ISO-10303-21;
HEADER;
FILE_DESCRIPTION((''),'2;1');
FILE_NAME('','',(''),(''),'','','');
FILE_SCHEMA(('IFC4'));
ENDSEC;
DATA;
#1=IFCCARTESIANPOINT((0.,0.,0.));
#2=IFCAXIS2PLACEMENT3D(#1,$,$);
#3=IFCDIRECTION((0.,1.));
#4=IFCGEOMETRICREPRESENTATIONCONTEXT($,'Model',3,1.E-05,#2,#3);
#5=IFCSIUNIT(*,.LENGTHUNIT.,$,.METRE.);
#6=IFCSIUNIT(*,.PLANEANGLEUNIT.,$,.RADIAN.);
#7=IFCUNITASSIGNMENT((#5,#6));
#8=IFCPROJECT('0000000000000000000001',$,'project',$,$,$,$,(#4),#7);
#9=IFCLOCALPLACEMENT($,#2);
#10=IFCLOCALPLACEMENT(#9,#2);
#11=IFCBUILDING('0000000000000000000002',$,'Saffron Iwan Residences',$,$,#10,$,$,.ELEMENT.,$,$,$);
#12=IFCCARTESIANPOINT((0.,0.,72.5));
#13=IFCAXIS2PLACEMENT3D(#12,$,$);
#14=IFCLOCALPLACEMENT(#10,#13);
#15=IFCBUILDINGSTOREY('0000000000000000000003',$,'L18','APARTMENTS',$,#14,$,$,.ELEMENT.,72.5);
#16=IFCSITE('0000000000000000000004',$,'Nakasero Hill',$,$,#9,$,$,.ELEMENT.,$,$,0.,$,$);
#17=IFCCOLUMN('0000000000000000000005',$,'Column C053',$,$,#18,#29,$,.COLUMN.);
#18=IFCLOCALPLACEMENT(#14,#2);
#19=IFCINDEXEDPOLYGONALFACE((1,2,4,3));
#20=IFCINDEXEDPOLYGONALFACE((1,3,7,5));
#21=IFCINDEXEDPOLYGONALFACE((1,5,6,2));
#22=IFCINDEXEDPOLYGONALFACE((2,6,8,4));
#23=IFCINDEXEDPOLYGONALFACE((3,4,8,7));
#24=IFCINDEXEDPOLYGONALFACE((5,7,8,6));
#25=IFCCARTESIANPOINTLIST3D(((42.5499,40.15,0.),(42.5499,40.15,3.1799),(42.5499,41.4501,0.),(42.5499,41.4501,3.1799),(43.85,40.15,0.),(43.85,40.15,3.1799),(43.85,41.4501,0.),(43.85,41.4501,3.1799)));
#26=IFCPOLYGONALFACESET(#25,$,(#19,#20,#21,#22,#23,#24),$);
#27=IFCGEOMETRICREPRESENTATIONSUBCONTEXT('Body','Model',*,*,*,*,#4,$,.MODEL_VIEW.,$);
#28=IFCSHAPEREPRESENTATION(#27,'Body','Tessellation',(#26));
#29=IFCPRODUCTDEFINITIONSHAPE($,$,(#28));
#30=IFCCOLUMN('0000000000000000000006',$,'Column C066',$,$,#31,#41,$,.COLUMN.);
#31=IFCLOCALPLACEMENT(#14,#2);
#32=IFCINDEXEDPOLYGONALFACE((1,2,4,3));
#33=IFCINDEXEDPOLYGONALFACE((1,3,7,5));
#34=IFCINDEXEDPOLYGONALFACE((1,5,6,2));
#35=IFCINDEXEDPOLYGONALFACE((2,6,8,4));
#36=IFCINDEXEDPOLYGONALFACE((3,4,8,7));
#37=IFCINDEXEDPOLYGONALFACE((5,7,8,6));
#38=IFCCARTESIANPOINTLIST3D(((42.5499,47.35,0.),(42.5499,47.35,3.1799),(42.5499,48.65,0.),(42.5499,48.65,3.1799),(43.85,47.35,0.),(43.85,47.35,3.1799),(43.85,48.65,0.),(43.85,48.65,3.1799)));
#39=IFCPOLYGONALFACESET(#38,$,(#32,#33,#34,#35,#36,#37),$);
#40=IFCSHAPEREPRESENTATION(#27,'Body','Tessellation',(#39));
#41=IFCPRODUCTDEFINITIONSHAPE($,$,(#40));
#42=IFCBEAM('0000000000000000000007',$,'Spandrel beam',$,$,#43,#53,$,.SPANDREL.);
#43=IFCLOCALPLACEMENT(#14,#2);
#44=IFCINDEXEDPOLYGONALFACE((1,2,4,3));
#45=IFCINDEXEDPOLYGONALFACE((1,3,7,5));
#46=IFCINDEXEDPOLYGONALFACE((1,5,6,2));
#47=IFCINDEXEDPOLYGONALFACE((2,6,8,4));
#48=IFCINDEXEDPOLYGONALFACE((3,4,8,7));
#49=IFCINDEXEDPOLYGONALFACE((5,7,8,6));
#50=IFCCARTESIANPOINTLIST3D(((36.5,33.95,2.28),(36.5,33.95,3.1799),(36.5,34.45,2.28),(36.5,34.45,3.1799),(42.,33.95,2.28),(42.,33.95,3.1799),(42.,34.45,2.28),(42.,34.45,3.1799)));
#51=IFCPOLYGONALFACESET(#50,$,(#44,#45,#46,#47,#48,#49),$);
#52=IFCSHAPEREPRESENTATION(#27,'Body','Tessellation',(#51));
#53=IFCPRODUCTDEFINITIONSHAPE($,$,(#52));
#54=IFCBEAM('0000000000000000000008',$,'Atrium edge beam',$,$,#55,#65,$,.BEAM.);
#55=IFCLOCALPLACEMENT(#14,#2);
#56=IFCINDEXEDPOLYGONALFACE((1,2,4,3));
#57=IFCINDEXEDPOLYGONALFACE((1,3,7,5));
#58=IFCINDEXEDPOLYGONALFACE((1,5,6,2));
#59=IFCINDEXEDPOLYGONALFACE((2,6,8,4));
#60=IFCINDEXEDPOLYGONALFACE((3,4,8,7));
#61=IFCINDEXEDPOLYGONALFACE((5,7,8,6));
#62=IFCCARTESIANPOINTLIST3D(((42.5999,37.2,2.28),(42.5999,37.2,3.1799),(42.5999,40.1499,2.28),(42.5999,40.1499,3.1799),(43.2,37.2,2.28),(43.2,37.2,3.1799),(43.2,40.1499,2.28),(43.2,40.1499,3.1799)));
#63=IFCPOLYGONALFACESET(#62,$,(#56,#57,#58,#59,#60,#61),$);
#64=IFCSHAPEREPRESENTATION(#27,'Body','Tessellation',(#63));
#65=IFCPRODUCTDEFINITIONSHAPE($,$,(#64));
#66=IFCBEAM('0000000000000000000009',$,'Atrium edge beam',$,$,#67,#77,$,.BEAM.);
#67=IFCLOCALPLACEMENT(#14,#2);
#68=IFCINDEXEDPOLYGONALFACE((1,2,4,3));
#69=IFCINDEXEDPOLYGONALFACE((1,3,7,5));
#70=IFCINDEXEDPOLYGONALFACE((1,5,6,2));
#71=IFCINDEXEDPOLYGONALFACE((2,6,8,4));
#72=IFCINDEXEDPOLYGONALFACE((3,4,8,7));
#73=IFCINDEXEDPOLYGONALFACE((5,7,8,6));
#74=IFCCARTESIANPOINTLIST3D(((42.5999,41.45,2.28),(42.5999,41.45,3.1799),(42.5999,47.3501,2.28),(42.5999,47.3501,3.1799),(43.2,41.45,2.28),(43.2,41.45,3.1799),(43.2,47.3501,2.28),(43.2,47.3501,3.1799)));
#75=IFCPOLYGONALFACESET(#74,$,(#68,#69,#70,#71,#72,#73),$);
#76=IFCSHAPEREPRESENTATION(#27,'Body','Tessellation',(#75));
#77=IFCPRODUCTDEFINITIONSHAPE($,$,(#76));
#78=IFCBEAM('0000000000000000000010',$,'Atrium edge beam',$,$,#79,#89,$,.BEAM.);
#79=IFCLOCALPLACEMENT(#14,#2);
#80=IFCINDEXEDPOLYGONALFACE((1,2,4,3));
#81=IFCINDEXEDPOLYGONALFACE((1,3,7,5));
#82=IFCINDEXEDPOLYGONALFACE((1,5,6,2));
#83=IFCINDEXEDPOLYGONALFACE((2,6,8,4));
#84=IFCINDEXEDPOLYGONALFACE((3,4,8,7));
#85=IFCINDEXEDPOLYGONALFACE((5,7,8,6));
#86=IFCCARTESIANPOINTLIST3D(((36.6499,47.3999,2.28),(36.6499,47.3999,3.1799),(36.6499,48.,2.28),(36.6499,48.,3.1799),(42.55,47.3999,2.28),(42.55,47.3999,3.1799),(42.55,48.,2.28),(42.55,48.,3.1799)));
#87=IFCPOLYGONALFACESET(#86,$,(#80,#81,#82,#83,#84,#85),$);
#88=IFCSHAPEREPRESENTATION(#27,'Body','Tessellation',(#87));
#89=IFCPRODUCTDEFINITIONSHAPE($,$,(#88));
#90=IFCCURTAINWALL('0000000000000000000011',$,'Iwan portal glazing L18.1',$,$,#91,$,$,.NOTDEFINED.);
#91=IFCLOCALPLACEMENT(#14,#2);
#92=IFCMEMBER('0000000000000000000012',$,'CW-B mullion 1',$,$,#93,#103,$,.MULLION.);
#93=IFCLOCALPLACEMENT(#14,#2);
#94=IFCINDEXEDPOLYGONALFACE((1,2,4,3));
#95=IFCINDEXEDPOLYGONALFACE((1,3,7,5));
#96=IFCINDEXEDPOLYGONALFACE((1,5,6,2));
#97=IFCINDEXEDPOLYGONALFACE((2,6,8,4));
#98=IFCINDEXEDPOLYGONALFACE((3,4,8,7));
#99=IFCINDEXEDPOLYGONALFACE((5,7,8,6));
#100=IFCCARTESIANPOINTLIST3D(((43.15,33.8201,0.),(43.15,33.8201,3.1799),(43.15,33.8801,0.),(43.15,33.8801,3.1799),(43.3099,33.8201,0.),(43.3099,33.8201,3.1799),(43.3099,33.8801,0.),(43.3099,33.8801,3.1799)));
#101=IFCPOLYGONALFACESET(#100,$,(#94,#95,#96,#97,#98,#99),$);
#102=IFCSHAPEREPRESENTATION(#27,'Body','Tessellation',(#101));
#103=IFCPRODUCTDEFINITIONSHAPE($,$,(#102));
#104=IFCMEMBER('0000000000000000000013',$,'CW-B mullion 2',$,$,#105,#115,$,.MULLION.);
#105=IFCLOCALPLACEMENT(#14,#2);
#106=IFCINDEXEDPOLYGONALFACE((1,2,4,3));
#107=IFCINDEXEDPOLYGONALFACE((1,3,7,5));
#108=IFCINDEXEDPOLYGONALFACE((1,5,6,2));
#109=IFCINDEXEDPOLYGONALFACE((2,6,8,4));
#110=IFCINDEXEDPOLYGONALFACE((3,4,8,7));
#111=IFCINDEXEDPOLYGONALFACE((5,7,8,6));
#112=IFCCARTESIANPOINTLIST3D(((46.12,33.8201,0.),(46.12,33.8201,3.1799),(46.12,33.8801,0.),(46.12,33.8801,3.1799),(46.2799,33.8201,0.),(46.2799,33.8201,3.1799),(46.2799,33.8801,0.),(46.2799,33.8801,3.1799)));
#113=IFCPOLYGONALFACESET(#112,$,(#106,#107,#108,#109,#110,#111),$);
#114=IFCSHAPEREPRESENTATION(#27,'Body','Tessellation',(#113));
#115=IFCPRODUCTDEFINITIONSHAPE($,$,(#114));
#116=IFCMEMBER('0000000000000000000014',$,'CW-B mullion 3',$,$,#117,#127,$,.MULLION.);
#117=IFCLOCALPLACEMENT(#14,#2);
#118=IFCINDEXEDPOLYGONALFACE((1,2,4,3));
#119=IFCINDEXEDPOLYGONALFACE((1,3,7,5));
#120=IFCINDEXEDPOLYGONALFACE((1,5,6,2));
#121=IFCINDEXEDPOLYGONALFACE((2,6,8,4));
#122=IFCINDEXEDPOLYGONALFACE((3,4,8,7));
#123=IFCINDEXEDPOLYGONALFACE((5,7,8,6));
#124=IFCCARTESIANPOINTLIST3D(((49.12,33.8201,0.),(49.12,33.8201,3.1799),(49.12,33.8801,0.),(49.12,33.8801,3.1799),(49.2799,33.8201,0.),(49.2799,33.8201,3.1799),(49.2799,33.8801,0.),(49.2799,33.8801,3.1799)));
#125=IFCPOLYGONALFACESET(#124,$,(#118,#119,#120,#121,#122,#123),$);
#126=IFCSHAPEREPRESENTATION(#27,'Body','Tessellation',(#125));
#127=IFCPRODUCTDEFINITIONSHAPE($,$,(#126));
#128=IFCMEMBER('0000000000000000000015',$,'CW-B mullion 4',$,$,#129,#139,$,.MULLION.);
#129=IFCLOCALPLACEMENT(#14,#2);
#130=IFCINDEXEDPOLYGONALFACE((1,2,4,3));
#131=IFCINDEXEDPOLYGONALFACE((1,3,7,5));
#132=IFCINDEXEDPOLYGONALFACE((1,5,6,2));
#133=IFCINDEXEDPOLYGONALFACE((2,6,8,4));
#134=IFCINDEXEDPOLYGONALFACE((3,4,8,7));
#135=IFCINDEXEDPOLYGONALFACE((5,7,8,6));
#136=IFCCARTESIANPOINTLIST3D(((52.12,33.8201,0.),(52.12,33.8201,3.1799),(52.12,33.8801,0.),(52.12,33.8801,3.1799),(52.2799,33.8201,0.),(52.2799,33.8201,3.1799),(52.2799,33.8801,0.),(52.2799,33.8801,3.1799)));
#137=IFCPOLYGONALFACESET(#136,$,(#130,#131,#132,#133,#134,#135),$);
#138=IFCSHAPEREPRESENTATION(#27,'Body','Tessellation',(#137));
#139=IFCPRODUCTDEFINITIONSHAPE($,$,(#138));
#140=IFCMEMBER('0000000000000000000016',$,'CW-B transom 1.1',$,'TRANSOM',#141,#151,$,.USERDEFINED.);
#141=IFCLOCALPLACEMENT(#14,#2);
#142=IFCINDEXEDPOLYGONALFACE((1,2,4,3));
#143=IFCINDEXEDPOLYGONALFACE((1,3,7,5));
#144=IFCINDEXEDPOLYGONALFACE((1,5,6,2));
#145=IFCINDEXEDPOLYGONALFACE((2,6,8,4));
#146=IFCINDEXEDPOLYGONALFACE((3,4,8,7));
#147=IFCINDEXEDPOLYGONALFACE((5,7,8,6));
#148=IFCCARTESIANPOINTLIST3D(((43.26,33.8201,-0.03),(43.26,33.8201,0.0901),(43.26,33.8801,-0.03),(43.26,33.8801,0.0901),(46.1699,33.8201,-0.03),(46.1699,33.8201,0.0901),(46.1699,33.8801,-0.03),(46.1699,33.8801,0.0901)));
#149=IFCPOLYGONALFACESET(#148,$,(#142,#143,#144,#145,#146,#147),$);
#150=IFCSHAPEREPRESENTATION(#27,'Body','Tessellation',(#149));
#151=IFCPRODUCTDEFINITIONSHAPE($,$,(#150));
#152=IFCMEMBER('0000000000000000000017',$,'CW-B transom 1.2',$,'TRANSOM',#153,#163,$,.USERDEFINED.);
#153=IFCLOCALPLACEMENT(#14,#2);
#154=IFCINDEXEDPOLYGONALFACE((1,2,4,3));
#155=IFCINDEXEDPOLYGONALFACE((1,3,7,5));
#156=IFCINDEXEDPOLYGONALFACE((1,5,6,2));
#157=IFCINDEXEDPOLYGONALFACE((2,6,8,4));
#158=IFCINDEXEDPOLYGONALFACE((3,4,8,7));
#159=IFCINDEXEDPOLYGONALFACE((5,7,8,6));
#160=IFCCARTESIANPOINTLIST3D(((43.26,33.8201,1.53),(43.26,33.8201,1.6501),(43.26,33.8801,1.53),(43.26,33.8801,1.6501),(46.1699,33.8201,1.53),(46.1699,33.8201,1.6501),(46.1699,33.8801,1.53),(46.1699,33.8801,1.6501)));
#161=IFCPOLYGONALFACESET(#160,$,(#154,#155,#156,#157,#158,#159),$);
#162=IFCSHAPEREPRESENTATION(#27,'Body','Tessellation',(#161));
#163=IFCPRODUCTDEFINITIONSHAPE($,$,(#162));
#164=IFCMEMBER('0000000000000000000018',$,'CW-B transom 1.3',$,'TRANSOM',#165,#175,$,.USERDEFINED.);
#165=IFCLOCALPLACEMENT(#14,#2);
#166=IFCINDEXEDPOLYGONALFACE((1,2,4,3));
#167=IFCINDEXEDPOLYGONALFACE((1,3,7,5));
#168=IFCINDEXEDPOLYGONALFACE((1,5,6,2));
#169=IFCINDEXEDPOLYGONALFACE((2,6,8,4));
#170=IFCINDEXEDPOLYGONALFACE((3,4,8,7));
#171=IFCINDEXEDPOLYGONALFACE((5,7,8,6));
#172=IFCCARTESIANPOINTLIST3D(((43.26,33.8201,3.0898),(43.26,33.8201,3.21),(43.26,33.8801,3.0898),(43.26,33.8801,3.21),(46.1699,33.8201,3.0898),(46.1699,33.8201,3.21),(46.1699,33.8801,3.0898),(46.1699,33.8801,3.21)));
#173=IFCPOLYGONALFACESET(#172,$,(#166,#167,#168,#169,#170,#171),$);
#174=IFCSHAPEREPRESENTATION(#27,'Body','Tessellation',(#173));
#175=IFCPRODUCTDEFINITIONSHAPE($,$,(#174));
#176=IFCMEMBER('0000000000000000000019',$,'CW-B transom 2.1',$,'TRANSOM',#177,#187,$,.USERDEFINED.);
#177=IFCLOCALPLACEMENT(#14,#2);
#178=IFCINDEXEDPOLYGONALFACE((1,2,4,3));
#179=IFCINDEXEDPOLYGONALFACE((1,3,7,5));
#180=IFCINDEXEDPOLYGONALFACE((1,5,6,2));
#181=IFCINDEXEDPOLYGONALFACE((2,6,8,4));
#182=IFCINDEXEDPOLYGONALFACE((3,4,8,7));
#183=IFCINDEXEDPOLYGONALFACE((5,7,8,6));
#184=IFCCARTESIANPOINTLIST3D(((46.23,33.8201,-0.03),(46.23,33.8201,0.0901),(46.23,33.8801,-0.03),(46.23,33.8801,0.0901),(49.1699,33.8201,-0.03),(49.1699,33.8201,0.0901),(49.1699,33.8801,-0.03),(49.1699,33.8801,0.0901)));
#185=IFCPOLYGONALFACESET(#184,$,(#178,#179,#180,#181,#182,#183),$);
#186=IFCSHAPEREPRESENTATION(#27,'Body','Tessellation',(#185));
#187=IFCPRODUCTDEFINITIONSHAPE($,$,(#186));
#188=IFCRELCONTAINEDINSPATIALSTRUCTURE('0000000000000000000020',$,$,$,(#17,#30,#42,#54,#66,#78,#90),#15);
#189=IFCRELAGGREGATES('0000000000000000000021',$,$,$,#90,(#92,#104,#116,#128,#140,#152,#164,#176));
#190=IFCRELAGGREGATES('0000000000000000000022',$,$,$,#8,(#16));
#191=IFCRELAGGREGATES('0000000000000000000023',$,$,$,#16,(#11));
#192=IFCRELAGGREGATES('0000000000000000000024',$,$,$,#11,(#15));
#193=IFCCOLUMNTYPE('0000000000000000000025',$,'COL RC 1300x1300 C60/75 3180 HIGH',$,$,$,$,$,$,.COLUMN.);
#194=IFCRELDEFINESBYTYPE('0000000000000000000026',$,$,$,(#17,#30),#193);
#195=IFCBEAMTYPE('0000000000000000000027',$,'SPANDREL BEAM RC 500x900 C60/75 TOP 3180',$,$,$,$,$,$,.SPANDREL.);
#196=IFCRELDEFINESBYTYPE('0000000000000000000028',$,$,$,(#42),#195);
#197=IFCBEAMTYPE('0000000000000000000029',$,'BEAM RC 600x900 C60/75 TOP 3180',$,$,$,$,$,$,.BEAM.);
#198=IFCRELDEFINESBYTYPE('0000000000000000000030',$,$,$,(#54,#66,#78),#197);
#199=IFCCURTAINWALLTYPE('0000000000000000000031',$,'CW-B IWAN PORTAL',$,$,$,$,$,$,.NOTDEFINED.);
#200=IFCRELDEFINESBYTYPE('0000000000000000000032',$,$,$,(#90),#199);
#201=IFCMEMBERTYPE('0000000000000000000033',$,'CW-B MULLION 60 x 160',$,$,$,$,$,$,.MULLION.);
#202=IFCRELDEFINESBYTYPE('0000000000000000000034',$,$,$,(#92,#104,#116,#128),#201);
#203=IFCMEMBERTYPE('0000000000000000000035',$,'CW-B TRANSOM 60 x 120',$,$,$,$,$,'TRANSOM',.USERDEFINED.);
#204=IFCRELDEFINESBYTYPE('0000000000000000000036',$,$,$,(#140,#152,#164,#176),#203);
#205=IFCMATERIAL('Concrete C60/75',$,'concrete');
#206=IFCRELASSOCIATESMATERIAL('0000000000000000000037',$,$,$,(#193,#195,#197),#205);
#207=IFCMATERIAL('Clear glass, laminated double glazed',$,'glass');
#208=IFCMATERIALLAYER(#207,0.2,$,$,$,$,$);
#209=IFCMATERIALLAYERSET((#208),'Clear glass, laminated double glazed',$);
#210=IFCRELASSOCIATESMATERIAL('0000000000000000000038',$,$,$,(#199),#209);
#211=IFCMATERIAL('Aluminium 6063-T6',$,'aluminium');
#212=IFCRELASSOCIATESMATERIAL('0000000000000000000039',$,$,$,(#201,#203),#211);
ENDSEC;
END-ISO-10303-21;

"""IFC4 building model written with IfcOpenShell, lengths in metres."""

from ifc_helpers import new_model, si_unit, direction, frame, origin, origin_2d, place, context, subcontext, project, spatial, rectangle, extrude, source, transform, mapped, material, layer, layer_set, material_profile, profile_set, type_object, element, aggregate, save


model = new_model("IFC4")

# Units and contexts
model_context = context("Model", 3, precision=1e-05, world=origin(), true_north=direction((0.0, 1.0)))
body_context = subcontext(model_context, "Body", "Model", "MODEL_VIEW")
ifc_project = project(units=[si_unit("LENGTHUNIT", "METRE"), si_unit("PLANEANGLEUNIT", "RADIAN")], contexts=[model_context])

# Site, building, storey
site_placement = place(None, origin())
site = spatial("IfcSite", under=ifc_project, at=site_placement, Name="Nakasero Hill", CompositionType="ELEMENT", RefElevation=0.0)
building_placement = place(site_placement, origin())
building = spatial("IfcBuilding", under=site, at=building_placement, Name="Saffron Iwan Residences", CompositionType="ELEMENT")
storey_placement = place(building_placement, frame((0.0, 0.0, 72.5)))
storey = spatial("IfcBuildingStorey", under=building, at=storey_placement, Name="L18", Description="APARTMENTS", CompositionType="ELEMENT", Elevation=72.5)

# Columns
ifc_material_1 = material(Name="Concrete C60/75", Category="concrete")
ifc_material_profile_1 = material_profile(ifc_material_1, rectangle(XDim=1.3, YDim=1.3, at=origin_2d()), Name="RC 1300x1300")
ifc_profile_set_1 = profile_set([ifc_material_profile_1], Name="Concrete C60/75")
column_type = type_object("IfcColumnType", Name="COL RC 1300x1300 C60/75 3180 HIGH", PredefinedType="COLUMN", material=ifc_profile_set_1)
shared_shape_1 = source(origin(), body_context, "Body", "SweptSolid", [
    extrude(rectangle(XDim=1.3, YDim=1.3, at=origin_2d()), origin(), (0.0, 0.0, 1.0), 3.1799),
])
for number, where, z_axis, x_axis, name in (
    (1, (43.2, 40.8, 0.0), (0.0, 0.0, 1.0), (1.0, 0.0, 0.0), "Column C053"),
    (2, (43.2, 48.0, 0.0), (0.0, 0.0, 1.0), (1.0, 0.0, 0.0), "Column C066"),
):
    element("IfcColumn", number, at=place(storey_placement, frame(where, z_axis=z_axis, x_axis=x_axis)), inside=storey, type_object=column_type, Name=name, PredefinedType="COLUMN", context=body_context, shape_type="MappedRepresentation", body=[
        mapped(shared_shape_1, transform((0.0, 0.0, 0.0))),
    ])

# Beams
ifc_material_profile_2 = material_profile(ifc_material_1, rectangle(XDim=0.5, YDim=0.8999, at=origin_2d()), Name="RC 500x900")
ifc_profile_set_2 = profile_set([ifc_material_profile_2], Name="Concrete C60/75")
beam_type_1 = type_object("IfcBeamType", Name="SPANDREL BEAM RC 500x900 C60/75 TOP 3180", PredefinedType="SPANDREL", material=ifc_profile_set_2)
shared_shape_2 = source(origin(), body_context, "Body", "SweptSolid", [
    extrude(rectangle(XDim=0.5, YDim=0.8999, at=origin_2d()), origin(), (0.0, 0.0, 1.0), 5.5),
])
beam_1_placement = place(storey_placement, frame((42.0, 34.2, 2.73), z_axis=(-1.0, 0.0, 0.0), x_axis=(0.0, -1.0, 0.0)))
element("IfcBeam", 3, at=beam_1_placement, inside=storey, type_object=beam_type_1, Name="Spandrel beam", PredefinedType="SPANDREL", context=body_context, shape_type="MappedRepresentation", body=[
    mapped(shared_shape_2, transform((0.0, 0.0, 0.0))),
])
ifc_material_profile_3 = material_profile(ifc_material_1, rectangle(XDim=0.6001, YDim=0.8999, at=origin_2d()), Name="RC 600x900")
ifc_profile_set_3 = profile_set([ifc_material_profile_3], Name="Concrete C60/75")
beam_type_2 = type_object("IfcBeamType", Name="BEAM RC 600x900 C60/75 TOP 3180", PredefinedType="BEAM", material=ifc_profile_set_3)
shared_shape_3 = source(origin(), body_context, "Body", "SweptSolid", [
    extrude(rectangle(XDim=0.6001, YDim=0.8999, at=origin_2d()), origin(), (0.0, 0.0, 1.0), 2.95),
])
beam_2_placement = place(storey_placement, frame((42.8999, 37.2, 2.73), z_axis=(0.0, 1.0, 0.0), x_axis=(-1.0, 0.0, 0.0)))
element("IfcBeam", 4, at=beam_2_placement, inside=storey, type_object=beam_type_2, Name="Atrium edge beam", PredefinedType="BEAM", context=body_context, shape_type="MappedRepresentation", body=[
    mapped(shared_shape_3, transform((0.0, 0.0, 0.0))),
])
shared_shape_4 = source(origin(), body_context, "Body", "SweptSolid", [
    extrude(rectangle(XDim=0.6001, YDim=0.8999, at=origin_2d()), origin(), (0.0, 0.0, 1.0), 5.9001),
])
for number, where, z_axis, x_axis, name in (
    (5, (42.8999, 41.45, 2.73), (0.0, 1.0, 0.0), (-1.0, 0.0, 0.0), "Atrium edge beam"),
    (6, (42.55, 47.7, 2.73), (-1.0, 0.0, 0.0), (0.0, -1.0, 0.0), "Atrium edge beam"),
):
    element("IfcBeam", number, at=place(storey_placement, frame(where, z_axis=z_axis, x_axis=x_axis)), inside=storey, type_object=beam_type_2, Name=name, PredefinedType="BEAM", context=body_context, shape_type="MappedRepresentation", body=[
        mapped(shared_shape_4, transform((0.0, 0.0, 0.0))),
    ])

# Curtain wall, members
ifc_material_2 = material(Name="Clear glass, laminated double glazed", Category="glass")
ifc_layer_1 = layer(ifc_material_2, 0.2)
ifc_layer_set_1 = layer_set([ifc_layer_1], Name="Clear glass, laminated double glazed")
curtain_wall_type = type_object("IfcCurtainWallType", Name="CW-B IWAN PORTAL", PredefinedType="NOTDEFINED", material=ifc_layer_set_1)
curtain_wall_placement = place(storey_placement, origin())
curtain_wall = element("IfcCurtainWall", 7, at=curtain_wall_placement, inside=storey, type_object=curtain_wall_type, Name="Iwan portal glazing L18.1", PredefinedType="NOTDEFINED")
ifc_material_3 = material(Name="Aluminium 6063-T6", Category="aluminium")
ifc_material_profile_4 = material_profile(ifc_material_3, rectangle(XDim=0.0601, YDim=0.1599, at=origin_2d()), Name="CW-B MULLION 60 x 160")
ifc_profile_set_4 = profile_set([ifc_material_profile_4], Name="Aluminium 6063-T6")
member_type_1 = type_object("IfcMemberType", Name="CW-B MULLION 60 x 160", PredefinedType="MULLION", material=ifc_profile_set_4)
shared_shape_5 = source(origin(), body_context, "Body", "SweptSolid", [
    extrude(rectangle(XDim=0.0601, YDim=0.1599, at=origin_2d()), origin(), (0.0, 0.0, 1.0), 3.1799),
])
member_1_placement = place(storey_placement, frame((43.23, 33.8501, 0.0), z_axis=(0.0, 0.0, 1.0), x_axis=(0.0, 1.0, 0.0)))
member_1 = element("IfcMember", 8, at=member_1_placement, type_object=member_type_1, Name="CW-B mullion 1", PredefinedType="MULLION", context=body_context, shape_type="MappedRepresentation", body=[
    mapped(shared_shape_5, transform((0.0, 0.0, 0.0))),
])
member_2_placement = place(storey_placement, frame((46.2, 33.8501, 0.0), z_axis=(0.0, 0.0, 1.0), x_axis=(0.0, 1.0, 0.0)))
member_2 = element("IfcMember", 9, at=member_2_placement, type_object=member_type_1, Name="CW-B mullion 2", PredefinedType="MULLION", context=body_context, shape_type="MappedRepresentation", body=[
    mapped(shared_shape_5, transform((0.0, 0.0, 0.0))),
])
member_3_placement = place(storey_placement, frame((49.2, 33.8501, 0.0), z_axis=(0.0, 0.0, 1.0), x_axis=(0.0, 1.0, 0.0)))
member_3 = element("IfcMember", 10, at=member_3_placement, type_object=member_type_1, Name="CW-B mullion 3", PredefinedType="MULLION", context=body_context, shape_type="MappedRepresentation", body=[
    mapped(shared_shape_5, transform((0.0, 0.0, 0.0))),
])
member_4_placement = place(storey_placement, frame((52.2, 33.8501, 0.0), z_axis=(0.0, 0.0, 1.0), x_axis=(0.0, 1.0, 0.0)))
member_4 = element("IfcMember", 11, at=member_4_placement, type_object=member_type_1, Name="CW-B mullion 4", PredefinedType="MULLION", context=body_context, shape_type="MappedRepresentation", body=[
    mapped(shared_shape_5, transform((0.0, 0.0, 0.0))),
])
ifc_material_profile_5 = material_profile(ifc_material_3, rectangle(XDim=0.0601, YDim=0.1201, at=origin_2d()), Name="CW-B TRANSOM 60 x 120")
ifc_profile_set_5 = profile_set([ifc_material_profile_5], Name="Aluminium 6063-T6")
member_type_2 = type_object("IfcMemberType", Name="CW-B TRANSOM 60 x 120", ElementType="TRANSOM", PredefinedType="USERDEFINED", material=ifc_profile_set_5)
shared_shape_6 = source(origin(), body_context, "Body", "SweptSolid", [
    extrude(rectangle(XDim=0.0601, YDim=0.1201, at=origin_2d()), origin(), (0.0, 0.0, 1.0), 2.9099),
])
member_5_placement = place(storey_placement, frame((43.26, 33.8501, 0.03), z_axis=(1.0, 0.0, 0.0), x_axis=(0.0, 1.0, 0.0)))
member_5 = element("IfcMember", 12, at=member_5_placement, type_object=member_type_2, Name="CW-B transom 1.1", ObjectType="TRANSOM", PredefinedType="USERDEFINED", context=body_context, shape_type="MappedRepresentation", body=[
    mapped(shared_shape_6, transform((0.0, 0.0, 0.0))),
])
member_6_placement = place(storey_placement, frame((43.26, 33.8501, 1.5901), z_axis=(1.0, 0.0, 0.0), x_axis=(0.0, 1.0, 0.0)))
member_6 = element("IfcMember", 13, at=member_6_placement, type_object=member_type_2, Name="CW-B transom 1.2", ObjectType="TRANSOM", PredefinedType="USERDEFINED", context=body_context, shape_type="MappedRepresentation", body=[
    mapped(shared_shape_6, transform((0.0, 0.0, 0.0))),
])
member_7_placement = place(storey_placement, frame((43.26, 33.8501, 3.1499), z_axis=(1.0, 0.0, 0.0), x_axis=(0.0, 1.0, 0.0)))
member_7 = element("IfcMember", 14, at=member_7_placement, type_object=member_type_2, Name="CW-B transom 1.3", ObjectType="TRANSOM", PredefinedType="USERDEFINED", context=body_context, shape_type="MappedRepresentation", body=[
    mapped(shared_shape_6, transform((0.0, 0.0, 0.0))),
])
shared_shape_7 = source(origin(), body_context, "Body", "SweptSolid", [
    extrude(rectangle(XDim=0.0601, YDim=0.1201, at=origin_2d()), origin(), (0.0, 0.0, 1.0), 2.9399),
])
member_8_placement = place(storey_placement, frame((46.23, 33.8501, 0.03), z_axis=(1.0, 0.0, 0.0), x_axis=(0.0, 1.0, 0.0)))
member_8 = element("IfcMember", 15, at=member_8_placement, type_object=member_type_2, Name="CW-B transom 2.1", ObjectType="TRANSOM", PredefinedType="USERDEFINED", context=body_context, shape_type="MappedRepresentation", body=[
    mapped(shared_shape_7, transform((0.0, 0.0, 0.0))),
])
aggregate(curtain_wall, [member_1, member_2, member_3, member_4, member_5, member_6, member_7, member_8])

save(model, "model.ifc")
